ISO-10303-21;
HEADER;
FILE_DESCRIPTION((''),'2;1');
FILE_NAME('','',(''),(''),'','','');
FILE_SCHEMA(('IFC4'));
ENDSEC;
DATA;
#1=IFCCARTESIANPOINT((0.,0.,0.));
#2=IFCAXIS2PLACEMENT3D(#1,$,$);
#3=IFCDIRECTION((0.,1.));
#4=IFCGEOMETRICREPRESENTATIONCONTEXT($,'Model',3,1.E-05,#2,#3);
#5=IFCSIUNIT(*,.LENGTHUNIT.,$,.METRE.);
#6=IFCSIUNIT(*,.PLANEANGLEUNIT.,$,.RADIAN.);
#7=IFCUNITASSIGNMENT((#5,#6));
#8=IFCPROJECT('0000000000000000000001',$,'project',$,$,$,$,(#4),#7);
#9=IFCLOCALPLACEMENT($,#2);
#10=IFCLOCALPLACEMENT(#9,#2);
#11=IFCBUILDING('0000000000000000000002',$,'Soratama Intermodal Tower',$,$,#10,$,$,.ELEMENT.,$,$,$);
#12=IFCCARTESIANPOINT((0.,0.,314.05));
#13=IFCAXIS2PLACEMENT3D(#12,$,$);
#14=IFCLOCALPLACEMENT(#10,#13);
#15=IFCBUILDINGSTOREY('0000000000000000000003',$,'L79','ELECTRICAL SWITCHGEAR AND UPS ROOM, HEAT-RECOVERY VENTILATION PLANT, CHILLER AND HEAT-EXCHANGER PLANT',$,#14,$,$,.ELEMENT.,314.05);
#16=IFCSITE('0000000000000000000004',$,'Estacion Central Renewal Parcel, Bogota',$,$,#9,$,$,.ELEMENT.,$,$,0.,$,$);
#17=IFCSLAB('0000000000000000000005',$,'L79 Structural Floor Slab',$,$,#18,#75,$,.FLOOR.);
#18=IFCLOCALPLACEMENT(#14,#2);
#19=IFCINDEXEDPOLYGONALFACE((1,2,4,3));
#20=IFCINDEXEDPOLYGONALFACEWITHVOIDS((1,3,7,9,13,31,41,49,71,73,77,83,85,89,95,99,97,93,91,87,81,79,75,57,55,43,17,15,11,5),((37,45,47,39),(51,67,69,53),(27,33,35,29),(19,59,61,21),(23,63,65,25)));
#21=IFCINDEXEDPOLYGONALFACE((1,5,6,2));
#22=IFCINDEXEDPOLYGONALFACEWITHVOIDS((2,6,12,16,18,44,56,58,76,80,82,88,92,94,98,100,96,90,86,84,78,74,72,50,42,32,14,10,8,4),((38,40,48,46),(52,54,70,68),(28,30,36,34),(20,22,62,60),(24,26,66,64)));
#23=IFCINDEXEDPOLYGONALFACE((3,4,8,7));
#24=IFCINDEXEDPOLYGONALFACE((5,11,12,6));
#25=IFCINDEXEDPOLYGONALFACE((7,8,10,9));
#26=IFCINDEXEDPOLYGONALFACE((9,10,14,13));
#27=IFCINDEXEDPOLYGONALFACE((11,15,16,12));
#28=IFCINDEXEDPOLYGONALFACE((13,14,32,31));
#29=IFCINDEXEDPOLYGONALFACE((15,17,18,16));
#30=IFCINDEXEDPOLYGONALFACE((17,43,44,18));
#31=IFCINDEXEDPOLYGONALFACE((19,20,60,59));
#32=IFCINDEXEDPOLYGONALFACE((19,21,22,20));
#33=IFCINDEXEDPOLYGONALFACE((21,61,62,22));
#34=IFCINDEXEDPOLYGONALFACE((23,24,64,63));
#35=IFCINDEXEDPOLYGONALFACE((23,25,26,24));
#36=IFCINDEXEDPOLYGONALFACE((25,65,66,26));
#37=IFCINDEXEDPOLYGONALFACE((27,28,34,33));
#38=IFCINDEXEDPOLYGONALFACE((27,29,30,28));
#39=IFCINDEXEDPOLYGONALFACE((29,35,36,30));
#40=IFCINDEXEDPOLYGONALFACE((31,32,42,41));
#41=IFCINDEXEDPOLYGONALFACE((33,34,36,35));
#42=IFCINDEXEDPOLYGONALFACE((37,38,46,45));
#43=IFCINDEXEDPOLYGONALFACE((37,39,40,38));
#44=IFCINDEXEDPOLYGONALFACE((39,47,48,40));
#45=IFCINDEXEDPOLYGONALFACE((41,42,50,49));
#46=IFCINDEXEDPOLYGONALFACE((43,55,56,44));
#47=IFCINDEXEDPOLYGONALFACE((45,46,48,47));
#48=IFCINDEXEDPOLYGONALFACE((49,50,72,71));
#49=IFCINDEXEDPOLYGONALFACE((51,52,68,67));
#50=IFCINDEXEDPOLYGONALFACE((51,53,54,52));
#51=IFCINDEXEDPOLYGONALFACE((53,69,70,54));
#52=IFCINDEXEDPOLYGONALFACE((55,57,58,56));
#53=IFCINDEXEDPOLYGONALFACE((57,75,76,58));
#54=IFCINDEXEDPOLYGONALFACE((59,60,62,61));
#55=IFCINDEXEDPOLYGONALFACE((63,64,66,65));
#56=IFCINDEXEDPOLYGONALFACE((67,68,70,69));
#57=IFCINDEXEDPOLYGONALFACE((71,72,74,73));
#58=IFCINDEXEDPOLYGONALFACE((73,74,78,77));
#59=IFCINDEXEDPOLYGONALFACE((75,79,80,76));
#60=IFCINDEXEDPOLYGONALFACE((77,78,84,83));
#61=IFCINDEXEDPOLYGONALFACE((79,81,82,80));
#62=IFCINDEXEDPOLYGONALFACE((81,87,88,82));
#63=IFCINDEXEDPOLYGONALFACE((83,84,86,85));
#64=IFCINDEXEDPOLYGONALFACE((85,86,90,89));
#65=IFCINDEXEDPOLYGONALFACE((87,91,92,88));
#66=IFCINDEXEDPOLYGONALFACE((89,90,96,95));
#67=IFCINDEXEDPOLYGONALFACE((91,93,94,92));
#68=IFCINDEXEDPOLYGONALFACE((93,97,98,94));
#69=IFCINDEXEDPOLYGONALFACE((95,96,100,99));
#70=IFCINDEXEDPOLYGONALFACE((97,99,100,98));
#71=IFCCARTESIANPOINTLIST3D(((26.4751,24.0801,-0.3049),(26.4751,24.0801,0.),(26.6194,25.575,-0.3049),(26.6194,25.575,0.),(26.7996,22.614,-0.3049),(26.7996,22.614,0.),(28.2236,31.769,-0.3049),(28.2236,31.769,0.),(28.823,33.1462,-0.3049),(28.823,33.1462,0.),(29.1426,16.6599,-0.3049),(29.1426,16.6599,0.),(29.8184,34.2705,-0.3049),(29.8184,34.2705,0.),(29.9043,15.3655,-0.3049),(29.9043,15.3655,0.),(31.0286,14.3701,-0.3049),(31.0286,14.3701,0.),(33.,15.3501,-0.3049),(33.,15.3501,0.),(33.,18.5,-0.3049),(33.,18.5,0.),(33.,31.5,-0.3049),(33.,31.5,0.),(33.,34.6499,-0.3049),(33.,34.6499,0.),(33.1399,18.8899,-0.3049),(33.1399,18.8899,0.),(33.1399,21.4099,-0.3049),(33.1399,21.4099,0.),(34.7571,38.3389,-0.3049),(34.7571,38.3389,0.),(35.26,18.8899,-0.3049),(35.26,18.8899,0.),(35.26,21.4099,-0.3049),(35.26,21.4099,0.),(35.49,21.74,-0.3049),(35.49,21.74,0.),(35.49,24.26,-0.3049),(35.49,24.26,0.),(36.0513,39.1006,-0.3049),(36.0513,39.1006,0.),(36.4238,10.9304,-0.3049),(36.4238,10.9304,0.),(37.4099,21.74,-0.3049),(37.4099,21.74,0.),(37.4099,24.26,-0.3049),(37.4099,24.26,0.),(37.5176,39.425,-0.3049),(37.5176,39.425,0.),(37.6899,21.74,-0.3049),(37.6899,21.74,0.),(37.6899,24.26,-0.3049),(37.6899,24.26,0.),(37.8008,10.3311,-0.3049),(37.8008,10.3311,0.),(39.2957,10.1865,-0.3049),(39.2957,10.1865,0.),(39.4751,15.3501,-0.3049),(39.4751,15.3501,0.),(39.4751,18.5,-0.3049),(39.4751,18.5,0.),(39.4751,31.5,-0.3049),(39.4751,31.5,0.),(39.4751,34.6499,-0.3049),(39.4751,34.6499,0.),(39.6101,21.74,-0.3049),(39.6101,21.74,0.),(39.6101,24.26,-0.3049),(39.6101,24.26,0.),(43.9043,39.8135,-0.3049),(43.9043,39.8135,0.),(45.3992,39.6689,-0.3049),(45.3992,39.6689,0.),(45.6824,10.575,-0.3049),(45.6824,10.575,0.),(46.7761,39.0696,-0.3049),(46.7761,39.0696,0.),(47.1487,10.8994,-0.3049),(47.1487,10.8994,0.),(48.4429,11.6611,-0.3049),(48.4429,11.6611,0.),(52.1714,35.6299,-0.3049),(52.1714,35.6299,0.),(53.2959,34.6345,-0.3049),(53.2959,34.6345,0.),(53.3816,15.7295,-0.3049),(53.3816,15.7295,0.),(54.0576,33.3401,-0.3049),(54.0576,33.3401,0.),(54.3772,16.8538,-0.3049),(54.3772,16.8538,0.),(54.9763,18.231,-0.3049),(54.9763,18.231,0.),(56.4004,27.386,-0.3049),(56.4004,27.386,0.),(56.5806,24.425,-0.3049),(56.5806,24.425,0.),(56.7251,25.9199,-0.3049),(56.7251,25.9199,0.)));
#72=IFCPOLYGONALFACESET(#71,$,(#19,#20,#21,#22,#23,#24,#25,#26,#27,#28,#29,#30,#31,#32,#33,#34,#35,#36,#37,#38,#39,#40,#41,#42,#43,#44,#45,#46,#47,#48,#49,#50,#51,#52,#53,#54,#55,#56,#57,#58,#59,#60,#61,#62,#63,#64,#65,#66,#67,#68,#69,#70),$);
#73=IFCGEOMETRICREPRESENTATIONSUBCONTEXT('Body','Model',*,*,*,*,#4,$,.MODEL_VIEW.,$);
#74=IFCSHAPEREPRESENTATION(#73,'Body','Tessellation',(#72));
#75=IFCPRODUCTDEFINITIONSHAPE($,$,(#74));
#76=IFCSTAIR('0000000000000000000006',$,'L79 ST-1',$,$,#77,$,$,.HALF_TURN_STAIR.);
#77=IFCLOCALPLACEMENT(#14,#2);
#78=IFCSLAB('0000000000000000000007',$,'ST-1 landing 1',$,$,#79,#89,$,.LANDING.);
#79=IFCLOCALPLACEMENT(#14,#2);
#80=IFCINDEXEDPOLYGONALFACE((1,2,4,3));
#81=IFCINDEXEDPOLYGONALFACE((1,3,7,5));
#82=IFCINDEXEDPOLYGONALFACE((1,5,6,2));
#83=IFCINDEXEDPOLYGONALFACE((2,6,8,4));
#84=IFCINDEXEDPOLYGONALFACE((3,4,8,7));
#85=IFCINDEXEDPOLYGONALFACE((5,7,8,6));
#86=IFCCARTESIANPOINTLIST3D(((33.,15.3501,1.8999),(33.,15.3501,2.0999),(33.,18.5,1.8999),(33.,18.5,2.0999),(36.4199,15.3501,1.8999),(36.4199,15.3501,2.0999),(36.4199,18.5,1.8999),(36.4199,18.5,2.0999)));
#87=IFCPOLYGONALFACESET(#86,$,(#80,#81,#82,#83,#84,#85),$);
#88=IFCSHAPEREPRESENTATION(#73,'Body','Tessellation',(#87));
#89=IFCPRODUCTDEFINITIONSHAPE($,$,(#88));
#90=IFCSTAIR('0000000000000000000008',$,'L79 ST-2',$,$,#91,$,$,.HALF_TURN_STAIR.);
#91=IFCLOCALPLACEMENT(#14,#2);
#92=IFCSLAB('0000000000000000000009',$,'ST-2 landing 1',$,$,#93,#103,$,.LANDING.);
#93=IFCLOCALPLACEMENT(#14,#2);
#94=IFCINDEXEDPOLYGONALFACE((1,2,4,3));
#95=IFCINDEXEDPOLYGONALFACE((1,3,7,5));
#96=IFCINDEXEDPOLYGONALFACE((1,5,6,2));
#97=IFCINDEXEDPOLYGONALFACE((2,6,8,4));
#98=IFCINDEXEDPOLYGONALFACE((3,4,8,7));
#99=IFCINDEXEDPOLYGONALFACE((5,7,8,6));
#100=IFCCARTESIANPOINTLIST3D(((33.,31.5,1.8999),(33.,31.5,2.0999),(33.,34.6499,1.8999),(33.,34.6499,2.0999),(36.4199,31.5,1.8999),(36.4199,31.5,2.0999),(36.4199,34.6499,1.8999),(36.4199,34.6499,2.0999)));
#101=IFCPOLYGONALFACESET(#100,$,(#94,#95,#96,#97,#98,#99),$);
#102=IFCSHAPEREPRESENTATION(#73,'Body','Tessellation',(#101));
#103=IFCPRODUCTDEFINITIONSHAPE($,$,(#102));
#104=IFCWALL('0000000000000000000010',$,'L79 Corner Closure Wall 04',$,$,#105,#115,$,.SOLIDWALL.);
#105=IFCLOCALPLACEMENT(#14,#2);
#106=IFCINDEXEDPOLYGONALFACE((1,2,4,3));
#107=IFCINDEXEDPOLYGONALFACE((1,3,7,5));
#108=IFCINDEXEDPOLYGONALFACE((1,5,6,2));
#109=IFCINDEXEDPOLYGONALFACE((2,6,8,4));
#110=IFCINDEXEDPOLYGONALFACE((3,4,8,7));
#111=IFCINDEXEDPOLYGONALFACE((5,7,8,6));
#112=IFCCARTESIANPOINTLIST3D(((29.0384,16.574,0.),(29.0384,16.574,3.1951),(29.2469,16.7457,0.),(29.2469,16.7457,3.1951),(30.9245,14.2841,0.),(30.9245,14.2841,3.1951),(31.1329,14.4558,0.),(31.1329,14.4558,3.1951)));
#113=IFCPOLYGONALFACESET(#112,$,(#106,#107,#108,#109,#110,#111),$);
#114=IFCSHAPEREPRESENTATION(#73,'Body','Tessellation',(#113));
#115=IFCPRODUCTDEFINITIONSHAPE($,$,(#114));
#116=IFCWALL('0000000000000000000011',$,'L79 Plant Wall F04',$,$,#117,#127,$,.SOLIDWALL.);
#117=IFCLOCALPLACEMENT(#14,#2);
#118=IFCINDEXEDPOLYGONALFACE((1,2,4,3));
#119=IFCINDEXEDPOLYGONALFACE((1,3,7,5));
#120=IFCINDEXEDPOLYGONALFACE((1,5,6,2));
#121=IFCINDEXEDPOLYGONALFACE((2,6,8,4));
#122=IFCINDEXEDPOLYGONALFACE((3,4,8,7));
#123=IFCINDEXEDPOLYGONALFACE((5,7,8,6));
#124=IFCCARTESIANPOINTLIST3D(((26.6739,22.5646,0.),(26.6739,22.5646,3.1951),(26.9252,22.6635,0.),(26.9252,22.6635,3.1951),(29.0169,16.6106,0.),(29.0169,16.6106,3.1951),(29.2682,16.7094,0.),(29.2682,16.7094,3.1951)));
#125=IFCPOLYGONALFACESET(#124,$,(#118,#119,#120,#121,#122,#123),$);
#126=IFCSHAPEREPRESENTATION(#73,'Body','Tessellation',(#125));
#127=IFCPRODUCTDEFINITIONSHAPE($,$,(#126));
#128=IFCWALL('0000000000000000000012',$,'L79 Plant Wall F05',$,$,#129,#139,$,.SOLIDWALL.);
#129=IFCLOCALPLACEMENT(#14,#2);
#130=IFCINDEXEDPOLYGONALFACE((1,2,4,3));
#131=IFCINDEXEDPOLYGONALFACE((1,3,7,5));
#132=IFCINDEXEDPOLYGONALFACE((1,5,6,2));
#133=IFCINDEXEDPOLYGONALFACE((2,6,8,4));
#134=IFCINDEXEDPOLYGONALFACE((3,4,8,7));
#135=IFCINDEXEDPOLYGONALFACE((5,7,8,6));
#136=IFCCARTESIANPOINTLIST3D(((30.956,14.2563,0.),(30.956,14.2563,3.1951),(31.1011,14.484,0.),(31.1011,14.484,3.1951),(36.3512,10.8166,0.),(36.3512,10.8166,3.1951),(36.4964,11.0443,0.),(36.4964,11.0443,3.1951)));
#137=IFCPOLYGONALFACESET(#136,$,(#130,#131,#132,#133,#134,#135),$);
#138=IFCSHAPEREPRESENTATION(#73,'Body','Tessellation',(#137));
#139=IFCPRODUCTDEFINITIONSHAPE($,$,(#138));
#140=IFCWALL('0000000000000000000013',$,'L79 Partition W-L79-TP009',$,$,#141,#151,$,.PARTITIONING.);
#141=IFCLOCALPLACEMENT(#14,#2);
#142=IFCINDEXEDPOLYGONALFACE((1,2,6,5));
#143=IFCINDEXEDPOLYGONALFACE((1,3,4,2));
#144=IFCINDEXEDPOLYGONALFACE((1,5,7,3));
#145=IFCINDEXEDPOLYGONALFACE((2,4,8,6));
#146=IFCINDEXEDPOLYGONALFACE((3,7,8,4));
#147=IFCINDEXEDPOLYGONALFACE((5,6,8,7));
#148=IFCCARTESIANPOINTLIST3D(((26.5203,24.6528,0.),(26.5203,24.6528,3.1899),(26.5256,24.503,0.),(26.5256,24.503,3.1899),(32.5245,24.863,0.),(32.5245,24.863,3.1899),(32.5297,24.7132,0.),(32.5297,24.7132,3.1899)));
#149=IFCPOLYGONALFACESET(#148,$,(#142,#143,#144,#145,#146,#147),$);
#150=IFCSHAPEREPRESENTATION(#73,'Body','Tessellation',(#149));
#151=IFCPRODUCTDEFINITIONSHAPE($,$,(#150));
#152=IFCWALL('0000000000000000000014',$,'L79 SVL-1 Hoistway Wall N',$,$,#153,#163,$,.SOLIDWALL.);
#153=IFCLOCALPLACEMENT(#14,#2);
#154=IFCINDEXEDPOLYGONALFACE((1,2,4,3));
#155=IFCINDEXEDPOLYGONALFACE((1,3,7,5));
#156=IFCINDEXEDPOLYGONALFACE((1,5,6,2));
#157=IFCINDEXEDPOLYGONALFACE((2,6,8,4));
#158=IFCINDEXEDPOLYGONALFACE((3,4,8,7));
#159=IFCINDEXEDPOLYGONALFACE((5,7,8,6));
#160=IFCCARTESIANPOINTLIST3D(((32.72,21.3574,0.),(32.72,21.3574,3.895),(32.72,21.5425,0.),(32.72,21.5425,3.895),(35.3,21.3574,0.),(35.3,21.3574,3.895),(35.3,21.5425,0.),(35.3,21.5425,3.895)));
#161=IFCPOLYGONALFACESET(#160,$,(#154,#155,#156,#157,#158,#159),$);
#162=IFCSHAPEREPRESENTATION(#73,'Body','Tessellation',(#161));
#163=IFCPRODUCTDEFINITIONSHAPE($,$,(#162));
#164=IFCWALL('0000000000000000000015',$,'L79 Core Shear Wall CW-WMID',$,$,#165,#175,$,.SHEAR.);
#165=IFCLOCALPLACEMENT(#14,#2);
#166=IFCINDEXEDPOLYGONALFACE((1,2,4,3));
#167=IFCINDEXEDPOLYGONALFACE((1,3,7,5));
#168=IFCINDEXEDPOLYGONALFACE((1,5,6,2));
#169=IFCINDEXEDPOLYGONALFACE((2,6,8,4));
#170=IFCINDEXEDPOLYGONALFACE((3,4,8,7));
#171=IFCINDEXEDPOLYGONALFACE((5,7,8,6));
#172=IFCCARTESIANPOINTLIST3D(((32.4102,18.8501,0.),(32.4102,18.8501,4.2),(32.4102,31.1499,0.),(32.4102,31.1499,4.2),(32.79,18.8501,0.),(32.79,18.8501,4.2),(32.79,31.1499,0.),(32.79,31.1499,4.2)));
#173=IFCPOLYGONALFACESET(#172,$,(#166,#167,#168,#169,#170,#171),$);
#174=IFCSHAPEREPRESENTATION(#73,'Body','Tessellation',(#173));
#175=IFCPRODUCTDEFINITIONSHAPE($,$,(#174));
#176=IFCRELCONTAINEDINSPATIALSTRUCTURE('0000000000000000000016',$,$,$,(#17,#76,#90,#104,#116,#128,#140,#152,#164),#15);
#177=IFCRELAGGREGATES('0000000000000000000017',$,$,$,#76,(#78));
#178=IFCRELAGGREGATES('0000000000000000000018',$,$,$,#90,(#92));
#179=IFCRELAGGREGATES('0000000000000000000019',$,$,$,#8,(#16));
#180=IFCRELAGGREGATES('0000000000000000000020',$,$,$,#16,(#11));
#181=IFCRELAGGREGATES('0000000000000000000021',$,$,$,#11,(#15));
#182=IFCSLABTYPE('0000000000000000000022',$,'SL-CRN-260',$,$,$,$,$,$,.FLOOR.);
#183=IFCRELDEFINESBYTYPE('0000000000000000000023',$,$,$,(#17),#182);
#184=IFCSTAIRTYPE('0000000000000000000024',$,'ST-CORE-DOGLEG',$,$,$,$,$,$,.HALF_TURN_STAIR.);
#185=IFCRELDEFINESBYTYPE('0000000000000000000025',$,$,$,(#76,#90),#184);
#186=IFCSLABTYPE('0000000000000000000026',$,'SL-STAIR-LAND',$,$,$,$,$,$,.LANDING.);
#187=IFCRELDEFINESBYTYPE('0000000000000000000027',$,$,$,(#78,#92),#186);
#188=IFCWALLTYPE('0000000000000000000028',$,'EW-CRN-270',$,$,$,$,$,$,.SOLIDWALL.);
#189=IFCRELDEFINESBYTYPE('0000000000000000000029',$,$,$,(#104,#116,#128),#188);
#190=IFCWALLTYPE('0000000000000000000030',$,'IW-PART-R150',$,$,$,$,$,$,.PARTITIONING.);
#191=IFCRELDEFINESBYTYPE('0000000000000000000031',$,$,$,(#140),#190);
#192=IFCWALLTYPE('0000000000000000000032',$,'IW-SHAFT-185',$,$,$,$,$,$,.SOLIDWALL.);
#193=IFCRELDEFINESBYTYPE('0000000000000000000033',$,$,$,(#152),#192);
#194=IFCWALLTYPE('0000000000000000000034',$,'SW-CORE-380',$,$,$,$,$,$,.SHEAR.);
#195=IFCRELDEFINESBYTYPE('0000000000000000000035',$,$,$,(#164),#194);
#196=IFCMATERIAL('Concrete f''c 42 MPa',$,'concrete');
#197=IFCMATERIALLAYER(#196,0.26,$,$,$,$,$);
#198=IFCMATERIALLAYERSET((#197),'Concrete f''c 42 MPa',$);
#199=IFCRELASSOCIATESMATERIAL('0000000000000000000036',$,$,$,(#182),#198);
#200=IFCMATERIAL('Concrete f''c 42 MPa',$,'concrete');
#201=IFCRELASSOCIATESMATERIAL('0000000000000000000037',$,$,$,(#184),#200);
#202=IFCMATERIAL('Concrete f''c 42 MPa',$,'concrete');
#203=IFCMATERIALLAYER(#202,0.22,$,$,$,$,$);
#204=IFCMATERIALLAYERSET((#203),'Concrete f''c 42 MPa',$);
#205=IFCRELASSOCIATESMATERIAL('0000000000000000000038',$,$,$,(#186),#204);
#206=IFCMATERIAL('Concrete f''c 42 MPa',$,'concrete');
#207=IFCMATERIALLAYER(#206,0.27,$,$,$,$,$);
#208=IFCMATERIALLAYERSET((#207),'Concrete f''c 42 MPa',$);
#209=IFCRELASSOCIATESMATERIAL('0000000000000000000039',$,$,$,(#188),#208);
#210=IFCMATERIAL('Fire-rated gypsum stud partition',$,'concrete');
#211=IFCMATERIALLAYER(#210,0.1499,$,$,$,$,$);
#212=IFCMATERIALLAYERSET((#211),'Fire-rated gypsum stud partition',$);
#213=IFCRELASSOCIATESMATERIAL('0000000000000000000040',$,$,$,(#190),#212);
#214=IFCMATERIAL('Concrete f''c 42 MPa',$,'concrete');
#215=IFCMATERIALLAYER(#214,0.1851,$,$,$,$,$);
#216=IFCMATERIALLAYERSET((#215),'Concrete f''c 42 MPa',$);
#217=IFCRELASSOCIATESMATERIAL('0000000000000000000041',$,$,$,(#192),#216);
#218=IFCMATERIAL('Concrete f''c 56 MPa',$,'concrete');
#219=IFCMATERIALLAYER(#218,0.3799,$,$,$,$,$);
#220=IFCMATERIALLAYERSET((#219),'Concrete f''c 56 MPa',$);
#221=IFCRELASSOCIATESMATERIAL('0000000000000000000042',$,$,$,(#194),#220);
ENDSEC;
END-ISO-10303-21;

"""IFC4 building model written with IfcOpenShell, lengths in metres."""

from ifc_helpers import new_model, si_unit, direction, frame, frame_2d, origin, place, context, subcontext, project, spatial, polyline, rectangle, outline, extrude, material, layer, layer_set, type_object, element, aggregate, save


model = new_model("IFC4")

# Units and contexts
model_context = context("Model", 3, precision=1e-05, world=origin(), true_north=direction((0.0, 1.0)))
body_context = subcontext(model_context, "Body", "Model", "MODEL_VIEW")
ifc_project = project(units=[si_unit("LENGTHUNIT", "METRE"), si_unit("PLANEANGLEUNIT", "RADIAN")], contexts=[model_context])

# Site, building, storey
site_placement = place(None, origin())
site = spatial("IfcSite", under=ifc_project, at=site_placement, Name="Estacion Central Renewal Parcel, Bogota", CompositionType="ELEMENT", RefElevation=0.0)
building_placement = place(site_placement, origin())
building = spatial("IfcBuilding", under=site, at=building_placement, Name="Soratama Intermodal Tower", CompositionType="ELEMENT")
storey_placement = place(building_placement, frame((0.0, 0.0, 314.05)))
storey = spatial("IfcBuildingStorey", under=building, at=storey_placement, Name="L79", Description="ELECTRICAL SWITCHGEAR AND UPS ROOM, HEAT-RECOVERY VENTILATION PLANT, CHILLER AND HEAT-EXCHANGER PLANT", CompositionType="ELEMENT", Elevation=314.05)

# Slab
ifc_material_1 = material(Name="Concrete f'c 42 MPa", Category="concrete")
ifc_layer_1 = layer(ifc_material_1, 0.26)
ifc_layer_set_1 = layer_set([ifc_layer_1], Name="Concrete f'c 42 MPa")
slab_type_1 = type_object("IfcSlabType", Name="SL-CRN-260", PredefinedType="FLOOR", material=ifc_layer_set_1)
slab_1_placement = place(storey_placement, frame((0.0, 0.0, -0.3049)))
element("IfcSlab", 1, at=slab_1_placement, inside=storey, type_object=slab_type_1, Name="L79 Structural Floor Slab", PredefinedType="FLOOR", context=body_context, shape_type="SweptSolid", body=[
    extrude(outline(polyline([(46.7761, 39.0696), (45.3992, 39.6689), (43.9043, 39.8135), (37.5176, 39.425), (36.0513, 39.1006), (34.7571, 38.3389), (29.8184, 34.2705), (28.823, 33.1462), (28.2236, 31.769), (26.6194, 25.575), (26.4751, 24.0801), (26.7996, 22.614), (29.1426, 16.6599), (29.9043, 15.3655), (31.0286, 14.3701), (36.4238, 10.9304), (37.8008, 10.3311), (39.2957, 10.1865), (45.6824, 10.575), (47.1487, 10.8994), (48.4429, 11.6611), (53.3816, 15.7295), (54.3772, 16.8538), (54.9763, 18.231), (56.5806, 24.425), (56.7251, 25.9199), (56.4004, 27.386), (54.0576, 33.3401), (53.2959, 34.6345), (52.1714, 35.6299), (46.7761, 39.0696)]), holes=[polyline([(33.0, 15.3501), (39.4751, 15.3501), (39.4751, 18.5), (33.0, 18.5), (33.0, 15.3501)]), polyline([(33.1399, 21.4099), (33.1399, 18.8899), (35.26, 18.8899), (35.26, 21.4099), (33.1399, 21.4099)]), polyline([(35.49, 24.26), (35.49, 21.74), (37.4099, 21.74), (37.4099, 24.26), (35.49, 24.26)]), polyline([(39.6101, 24.26), (37.6899, 24.26), (37.6899, 21.74), (39.6101, 21.74), (39.6101, 24.26)]), polyline([(33.0, 34.6499), (33.0, 31.5), (39.4751, 31.5), (39.4751, 34.6499), (33.0, 34.6499)])]), origin(), (0.0, 0.0, 1.0), 0.3049),
])

# Stairs, slabs
ifc_material_2 = material(Name="Concrete f'c 42 MPa", Category="concrete")
stair_type = type_object("IfcStairType", Name="ST-CORE-DOGLEG", PredefinedType="HALF_TURN_STAIR", material=ifc_material_2)
stair_1_placement = place(storey_placement, origin())
stair_1 = element("IfcStair", 2, at=stair_1_placement, inside=storey, type_object=stair_type, Name="L79 ST-1", PredefinedType="HALF_TURN_STAIR")
ifc_material_3 = material(Name="Concrete f'c 42 MPa", Category="concrete")
ifc_layer_2 = layer(ifc_material_3, 0.22)
ifc_layer_set_2 = layer_set([ifc_layer_2], Name="Concrete f'c 42 MPa")
slab_type_2 = type_object("IfcSlabType", Name="SL-STAIR-LAND", PredefinedType="LANDING", material=ifc_layer_set_2)
slab_2_placement = place(storey_placement, frame((0.0, 0.0, 1.8999)))
slab_2 = element("IfcSlab", 3, at=slab_2_placement, type_object=slab_type_2, Name="ST-1 landing 1", PredefinedType="LANDING", context=body_context, shape_type="SweptSolid", body=[
    extrude(outline(polyline([(36.4199, 18.5), (33.0, 18.5), (33.0, 15.3501), (36.4199, 15.3501), (36.4199, 18.5)])), origin(), (0.0, 0.0, 1.0), 0.2),
])
aggregate(stair_1, [slab_2])
stair_2_placement = place(storey_placement, origin())
stair_2 = element("IfcStair", 4, at=stair_2_placement, inside=storey, type_object=stair_type, Name="L79 ST-2", PredefinedType="HALF_TURN_STAIR")
slab_3_placement = place(storey_placement, frame((0.0, 0.0, 1.8999)))
slab_3 = element("IfcSlab", 5, at=slab_3_placement, type_object=slab_type_2, Name="ST-2 landing 1", PredefinedType="LANDING", context=body_context, shape_type="SweptSolid", body=[
    extrude(outline(polyline([(36.4199, 34.6499), (33.0, 34.6499), (33.0, 31.5), (36.4199, 31.5), (36.4199, 34.6499)])), origin(), (0.0, 0.0, 1.0), 0.2),
])
aggregate(stair_2, [slab_3])

# Walls
ifc_material_4 = material(Name="Concrete f'c 42 MPa", Category="concrete")
ifc_layer_3 = layer(ifc_material_4, 0.27)
ifc_layer_set_3 = layer_set([ifc_layer_3], Name="Concrete f'c 42 MPa")
wall_type_1 = type_object("IfcWallType", Name="EW-CRN-270", PredefinedType="SOLIDWALL", material=ifc_layer_set_3)
wall_1_placement = place(storey_placement, frame((29.1426, 16.6599, 0.0), z_axis=(0.0, 0.0, 1.0), x_axis=(0.635762, -0.771885, 0.0)))
element("IfcWall", 6, at=wall_1_placement, inside=storey, type_object=wall_type_1, Name="L79 Corner Closure Wall 04", PredefinedType="SOLIDWALL", context=body_context, shape_type="SweptSolid", body=[
    extrude(rectangle(XDim=2.9666, YDim=0.27, at=frame_2d((1.4834, 0.0))), origin(), (0.0, 0.0, 1.0), 3.1951),
])
for number, where, z_axis, x_axis, name in (
    (7, (26.7996, 22.614, 0.0), (0.0, 0.0, 1.0), (0.366181, -0.930544, 0.0), "L79 Plant Wall F04"),
    (8, (31.0286, 14.3701, 0.0), (0.0, 0.0, 1.0), (0.843212, -0.537581, 0.0), "L79 Plant Wall F05"),
):
    element("IfcWall", number, at=place(storey_placement, frame(where, z_axis=z_axis, x_axis=x_axis)), inside=storey, type_object=wall_type_1, Name=name, PredefinedType="SOLIDWALL", context=body_context, shape_type="SweptSolid", body=[
        extrude(rectangle(XDim=6.3984, YDim=0.27, at=frame_2d((3.1992, 0.0))), origin(), (0.0, 0.0, 1.0), 3.1951),
    ])
ifc_material_5 = material(Name="Fire-rated gypsum stud partition", Category="concrete")
ifc_layer_4 = layer(ifc_material_5, 0.1499)
ifc_layer_set_4 = layer_set([ifc_layer_4], Name="Fire-rated gypsum stud partition")
wall_type_2 = type_object("IfcWallType", Name="IW-PART-R150", PredefinedType="PARTITIONING", material=ifc_layer_set_4)
wall_2_placement = place(storey_placement, frame((32.5271, 24.7881, 0.0), z_axis=(0.0, 0.0, 1.0), x_axis=(-0.999388, -0.034989, 0.0)))
element("IfcWall", 9, at=wall_2_placement, inside=storey, type_object=wall_type_2, Name="L79 Partition W-L79-TP009", PredefinedType="PARTITIONING", context=body_context, shape_type="SweptSolid", body=[
    extrude(rectangle(XDim=6.0078, YDim=0.1499, at=frame_2d((3.0039, 0.0))), origin(), (0.0, 0.0, 1.0), 3.1899),
])
ifc_material_6 = material(Name="Concrete f'c 42 MPa", Category="concrete")
ifc_layer_5 = layer(ifc_material_6, 0.1851)
ifc_layer_set_5 = layer_set([ifc_layer_5], Name="Concrete f'c 42 MPa")
wall_type_3 = type_object("IfcWallType", Name="IW-SHAFT-185", PredefinedType="SOLIDWALL", material=ifc_layer_set_5)
wall_3_placement = place(storey_placement, frame((32.72, 21.45, 0.0), z_axis=(0.0, 0.0, 1.0), x_axis=(1.0, 0.0, 0.0)))
element("IfcWall", 10, at=wall_3_placement, inside=storey, type_object=wall_type_3, Name="L79 SVL-1 Hoistway Wall N", PredefinedType="SOLIDWALL", context=body_context, shape_type="SweptSolid", body=[
    extrude(rectangle(XDim=2.5801, YDim=0.1851, at=frame_2d((1.29, 0.0))), origin(), (0.0, 0.0, 1.0), 3.895),
])
ifc_material_7 = material(Name="Concrete f'c 56 MPa", Category="concrete")
ifc_layer_6 = layer(ifc_material_7, 0.3799)
ifc_layer_set_6 = layer_set([ifc_layer_6], Name="Concrete f'c 56 MPa")
wall_type_4 = type_object("IfcWallType", Name="SW-CORE-380", PredefinedType="SHEAR", material=ifc_layer_set_6)
wall_4_placement = place(storey_placement, frame((32.6001, 18.8501, 0.0), z_axis=(0.0, 0.0, 1.0), x_axis=(0.0, 1.0, 0.0)))
element("IfcWall", 11, at=wall_4_placement, inside=storey, type_object=wall_type_4, Name="L79 Core Shear Wall CW-WMID", PredefinedType="SHEAR", context=body_context, shape_type="SweptSolid", body=[
    extrude(rectangle(XDim=12.2998, YDim=0.3799, at=frame_2d((6.1499, 0.0))), origin(), (0.0, 0.0, 1.0), 4.2),
])

save(model, "model.ifc")
